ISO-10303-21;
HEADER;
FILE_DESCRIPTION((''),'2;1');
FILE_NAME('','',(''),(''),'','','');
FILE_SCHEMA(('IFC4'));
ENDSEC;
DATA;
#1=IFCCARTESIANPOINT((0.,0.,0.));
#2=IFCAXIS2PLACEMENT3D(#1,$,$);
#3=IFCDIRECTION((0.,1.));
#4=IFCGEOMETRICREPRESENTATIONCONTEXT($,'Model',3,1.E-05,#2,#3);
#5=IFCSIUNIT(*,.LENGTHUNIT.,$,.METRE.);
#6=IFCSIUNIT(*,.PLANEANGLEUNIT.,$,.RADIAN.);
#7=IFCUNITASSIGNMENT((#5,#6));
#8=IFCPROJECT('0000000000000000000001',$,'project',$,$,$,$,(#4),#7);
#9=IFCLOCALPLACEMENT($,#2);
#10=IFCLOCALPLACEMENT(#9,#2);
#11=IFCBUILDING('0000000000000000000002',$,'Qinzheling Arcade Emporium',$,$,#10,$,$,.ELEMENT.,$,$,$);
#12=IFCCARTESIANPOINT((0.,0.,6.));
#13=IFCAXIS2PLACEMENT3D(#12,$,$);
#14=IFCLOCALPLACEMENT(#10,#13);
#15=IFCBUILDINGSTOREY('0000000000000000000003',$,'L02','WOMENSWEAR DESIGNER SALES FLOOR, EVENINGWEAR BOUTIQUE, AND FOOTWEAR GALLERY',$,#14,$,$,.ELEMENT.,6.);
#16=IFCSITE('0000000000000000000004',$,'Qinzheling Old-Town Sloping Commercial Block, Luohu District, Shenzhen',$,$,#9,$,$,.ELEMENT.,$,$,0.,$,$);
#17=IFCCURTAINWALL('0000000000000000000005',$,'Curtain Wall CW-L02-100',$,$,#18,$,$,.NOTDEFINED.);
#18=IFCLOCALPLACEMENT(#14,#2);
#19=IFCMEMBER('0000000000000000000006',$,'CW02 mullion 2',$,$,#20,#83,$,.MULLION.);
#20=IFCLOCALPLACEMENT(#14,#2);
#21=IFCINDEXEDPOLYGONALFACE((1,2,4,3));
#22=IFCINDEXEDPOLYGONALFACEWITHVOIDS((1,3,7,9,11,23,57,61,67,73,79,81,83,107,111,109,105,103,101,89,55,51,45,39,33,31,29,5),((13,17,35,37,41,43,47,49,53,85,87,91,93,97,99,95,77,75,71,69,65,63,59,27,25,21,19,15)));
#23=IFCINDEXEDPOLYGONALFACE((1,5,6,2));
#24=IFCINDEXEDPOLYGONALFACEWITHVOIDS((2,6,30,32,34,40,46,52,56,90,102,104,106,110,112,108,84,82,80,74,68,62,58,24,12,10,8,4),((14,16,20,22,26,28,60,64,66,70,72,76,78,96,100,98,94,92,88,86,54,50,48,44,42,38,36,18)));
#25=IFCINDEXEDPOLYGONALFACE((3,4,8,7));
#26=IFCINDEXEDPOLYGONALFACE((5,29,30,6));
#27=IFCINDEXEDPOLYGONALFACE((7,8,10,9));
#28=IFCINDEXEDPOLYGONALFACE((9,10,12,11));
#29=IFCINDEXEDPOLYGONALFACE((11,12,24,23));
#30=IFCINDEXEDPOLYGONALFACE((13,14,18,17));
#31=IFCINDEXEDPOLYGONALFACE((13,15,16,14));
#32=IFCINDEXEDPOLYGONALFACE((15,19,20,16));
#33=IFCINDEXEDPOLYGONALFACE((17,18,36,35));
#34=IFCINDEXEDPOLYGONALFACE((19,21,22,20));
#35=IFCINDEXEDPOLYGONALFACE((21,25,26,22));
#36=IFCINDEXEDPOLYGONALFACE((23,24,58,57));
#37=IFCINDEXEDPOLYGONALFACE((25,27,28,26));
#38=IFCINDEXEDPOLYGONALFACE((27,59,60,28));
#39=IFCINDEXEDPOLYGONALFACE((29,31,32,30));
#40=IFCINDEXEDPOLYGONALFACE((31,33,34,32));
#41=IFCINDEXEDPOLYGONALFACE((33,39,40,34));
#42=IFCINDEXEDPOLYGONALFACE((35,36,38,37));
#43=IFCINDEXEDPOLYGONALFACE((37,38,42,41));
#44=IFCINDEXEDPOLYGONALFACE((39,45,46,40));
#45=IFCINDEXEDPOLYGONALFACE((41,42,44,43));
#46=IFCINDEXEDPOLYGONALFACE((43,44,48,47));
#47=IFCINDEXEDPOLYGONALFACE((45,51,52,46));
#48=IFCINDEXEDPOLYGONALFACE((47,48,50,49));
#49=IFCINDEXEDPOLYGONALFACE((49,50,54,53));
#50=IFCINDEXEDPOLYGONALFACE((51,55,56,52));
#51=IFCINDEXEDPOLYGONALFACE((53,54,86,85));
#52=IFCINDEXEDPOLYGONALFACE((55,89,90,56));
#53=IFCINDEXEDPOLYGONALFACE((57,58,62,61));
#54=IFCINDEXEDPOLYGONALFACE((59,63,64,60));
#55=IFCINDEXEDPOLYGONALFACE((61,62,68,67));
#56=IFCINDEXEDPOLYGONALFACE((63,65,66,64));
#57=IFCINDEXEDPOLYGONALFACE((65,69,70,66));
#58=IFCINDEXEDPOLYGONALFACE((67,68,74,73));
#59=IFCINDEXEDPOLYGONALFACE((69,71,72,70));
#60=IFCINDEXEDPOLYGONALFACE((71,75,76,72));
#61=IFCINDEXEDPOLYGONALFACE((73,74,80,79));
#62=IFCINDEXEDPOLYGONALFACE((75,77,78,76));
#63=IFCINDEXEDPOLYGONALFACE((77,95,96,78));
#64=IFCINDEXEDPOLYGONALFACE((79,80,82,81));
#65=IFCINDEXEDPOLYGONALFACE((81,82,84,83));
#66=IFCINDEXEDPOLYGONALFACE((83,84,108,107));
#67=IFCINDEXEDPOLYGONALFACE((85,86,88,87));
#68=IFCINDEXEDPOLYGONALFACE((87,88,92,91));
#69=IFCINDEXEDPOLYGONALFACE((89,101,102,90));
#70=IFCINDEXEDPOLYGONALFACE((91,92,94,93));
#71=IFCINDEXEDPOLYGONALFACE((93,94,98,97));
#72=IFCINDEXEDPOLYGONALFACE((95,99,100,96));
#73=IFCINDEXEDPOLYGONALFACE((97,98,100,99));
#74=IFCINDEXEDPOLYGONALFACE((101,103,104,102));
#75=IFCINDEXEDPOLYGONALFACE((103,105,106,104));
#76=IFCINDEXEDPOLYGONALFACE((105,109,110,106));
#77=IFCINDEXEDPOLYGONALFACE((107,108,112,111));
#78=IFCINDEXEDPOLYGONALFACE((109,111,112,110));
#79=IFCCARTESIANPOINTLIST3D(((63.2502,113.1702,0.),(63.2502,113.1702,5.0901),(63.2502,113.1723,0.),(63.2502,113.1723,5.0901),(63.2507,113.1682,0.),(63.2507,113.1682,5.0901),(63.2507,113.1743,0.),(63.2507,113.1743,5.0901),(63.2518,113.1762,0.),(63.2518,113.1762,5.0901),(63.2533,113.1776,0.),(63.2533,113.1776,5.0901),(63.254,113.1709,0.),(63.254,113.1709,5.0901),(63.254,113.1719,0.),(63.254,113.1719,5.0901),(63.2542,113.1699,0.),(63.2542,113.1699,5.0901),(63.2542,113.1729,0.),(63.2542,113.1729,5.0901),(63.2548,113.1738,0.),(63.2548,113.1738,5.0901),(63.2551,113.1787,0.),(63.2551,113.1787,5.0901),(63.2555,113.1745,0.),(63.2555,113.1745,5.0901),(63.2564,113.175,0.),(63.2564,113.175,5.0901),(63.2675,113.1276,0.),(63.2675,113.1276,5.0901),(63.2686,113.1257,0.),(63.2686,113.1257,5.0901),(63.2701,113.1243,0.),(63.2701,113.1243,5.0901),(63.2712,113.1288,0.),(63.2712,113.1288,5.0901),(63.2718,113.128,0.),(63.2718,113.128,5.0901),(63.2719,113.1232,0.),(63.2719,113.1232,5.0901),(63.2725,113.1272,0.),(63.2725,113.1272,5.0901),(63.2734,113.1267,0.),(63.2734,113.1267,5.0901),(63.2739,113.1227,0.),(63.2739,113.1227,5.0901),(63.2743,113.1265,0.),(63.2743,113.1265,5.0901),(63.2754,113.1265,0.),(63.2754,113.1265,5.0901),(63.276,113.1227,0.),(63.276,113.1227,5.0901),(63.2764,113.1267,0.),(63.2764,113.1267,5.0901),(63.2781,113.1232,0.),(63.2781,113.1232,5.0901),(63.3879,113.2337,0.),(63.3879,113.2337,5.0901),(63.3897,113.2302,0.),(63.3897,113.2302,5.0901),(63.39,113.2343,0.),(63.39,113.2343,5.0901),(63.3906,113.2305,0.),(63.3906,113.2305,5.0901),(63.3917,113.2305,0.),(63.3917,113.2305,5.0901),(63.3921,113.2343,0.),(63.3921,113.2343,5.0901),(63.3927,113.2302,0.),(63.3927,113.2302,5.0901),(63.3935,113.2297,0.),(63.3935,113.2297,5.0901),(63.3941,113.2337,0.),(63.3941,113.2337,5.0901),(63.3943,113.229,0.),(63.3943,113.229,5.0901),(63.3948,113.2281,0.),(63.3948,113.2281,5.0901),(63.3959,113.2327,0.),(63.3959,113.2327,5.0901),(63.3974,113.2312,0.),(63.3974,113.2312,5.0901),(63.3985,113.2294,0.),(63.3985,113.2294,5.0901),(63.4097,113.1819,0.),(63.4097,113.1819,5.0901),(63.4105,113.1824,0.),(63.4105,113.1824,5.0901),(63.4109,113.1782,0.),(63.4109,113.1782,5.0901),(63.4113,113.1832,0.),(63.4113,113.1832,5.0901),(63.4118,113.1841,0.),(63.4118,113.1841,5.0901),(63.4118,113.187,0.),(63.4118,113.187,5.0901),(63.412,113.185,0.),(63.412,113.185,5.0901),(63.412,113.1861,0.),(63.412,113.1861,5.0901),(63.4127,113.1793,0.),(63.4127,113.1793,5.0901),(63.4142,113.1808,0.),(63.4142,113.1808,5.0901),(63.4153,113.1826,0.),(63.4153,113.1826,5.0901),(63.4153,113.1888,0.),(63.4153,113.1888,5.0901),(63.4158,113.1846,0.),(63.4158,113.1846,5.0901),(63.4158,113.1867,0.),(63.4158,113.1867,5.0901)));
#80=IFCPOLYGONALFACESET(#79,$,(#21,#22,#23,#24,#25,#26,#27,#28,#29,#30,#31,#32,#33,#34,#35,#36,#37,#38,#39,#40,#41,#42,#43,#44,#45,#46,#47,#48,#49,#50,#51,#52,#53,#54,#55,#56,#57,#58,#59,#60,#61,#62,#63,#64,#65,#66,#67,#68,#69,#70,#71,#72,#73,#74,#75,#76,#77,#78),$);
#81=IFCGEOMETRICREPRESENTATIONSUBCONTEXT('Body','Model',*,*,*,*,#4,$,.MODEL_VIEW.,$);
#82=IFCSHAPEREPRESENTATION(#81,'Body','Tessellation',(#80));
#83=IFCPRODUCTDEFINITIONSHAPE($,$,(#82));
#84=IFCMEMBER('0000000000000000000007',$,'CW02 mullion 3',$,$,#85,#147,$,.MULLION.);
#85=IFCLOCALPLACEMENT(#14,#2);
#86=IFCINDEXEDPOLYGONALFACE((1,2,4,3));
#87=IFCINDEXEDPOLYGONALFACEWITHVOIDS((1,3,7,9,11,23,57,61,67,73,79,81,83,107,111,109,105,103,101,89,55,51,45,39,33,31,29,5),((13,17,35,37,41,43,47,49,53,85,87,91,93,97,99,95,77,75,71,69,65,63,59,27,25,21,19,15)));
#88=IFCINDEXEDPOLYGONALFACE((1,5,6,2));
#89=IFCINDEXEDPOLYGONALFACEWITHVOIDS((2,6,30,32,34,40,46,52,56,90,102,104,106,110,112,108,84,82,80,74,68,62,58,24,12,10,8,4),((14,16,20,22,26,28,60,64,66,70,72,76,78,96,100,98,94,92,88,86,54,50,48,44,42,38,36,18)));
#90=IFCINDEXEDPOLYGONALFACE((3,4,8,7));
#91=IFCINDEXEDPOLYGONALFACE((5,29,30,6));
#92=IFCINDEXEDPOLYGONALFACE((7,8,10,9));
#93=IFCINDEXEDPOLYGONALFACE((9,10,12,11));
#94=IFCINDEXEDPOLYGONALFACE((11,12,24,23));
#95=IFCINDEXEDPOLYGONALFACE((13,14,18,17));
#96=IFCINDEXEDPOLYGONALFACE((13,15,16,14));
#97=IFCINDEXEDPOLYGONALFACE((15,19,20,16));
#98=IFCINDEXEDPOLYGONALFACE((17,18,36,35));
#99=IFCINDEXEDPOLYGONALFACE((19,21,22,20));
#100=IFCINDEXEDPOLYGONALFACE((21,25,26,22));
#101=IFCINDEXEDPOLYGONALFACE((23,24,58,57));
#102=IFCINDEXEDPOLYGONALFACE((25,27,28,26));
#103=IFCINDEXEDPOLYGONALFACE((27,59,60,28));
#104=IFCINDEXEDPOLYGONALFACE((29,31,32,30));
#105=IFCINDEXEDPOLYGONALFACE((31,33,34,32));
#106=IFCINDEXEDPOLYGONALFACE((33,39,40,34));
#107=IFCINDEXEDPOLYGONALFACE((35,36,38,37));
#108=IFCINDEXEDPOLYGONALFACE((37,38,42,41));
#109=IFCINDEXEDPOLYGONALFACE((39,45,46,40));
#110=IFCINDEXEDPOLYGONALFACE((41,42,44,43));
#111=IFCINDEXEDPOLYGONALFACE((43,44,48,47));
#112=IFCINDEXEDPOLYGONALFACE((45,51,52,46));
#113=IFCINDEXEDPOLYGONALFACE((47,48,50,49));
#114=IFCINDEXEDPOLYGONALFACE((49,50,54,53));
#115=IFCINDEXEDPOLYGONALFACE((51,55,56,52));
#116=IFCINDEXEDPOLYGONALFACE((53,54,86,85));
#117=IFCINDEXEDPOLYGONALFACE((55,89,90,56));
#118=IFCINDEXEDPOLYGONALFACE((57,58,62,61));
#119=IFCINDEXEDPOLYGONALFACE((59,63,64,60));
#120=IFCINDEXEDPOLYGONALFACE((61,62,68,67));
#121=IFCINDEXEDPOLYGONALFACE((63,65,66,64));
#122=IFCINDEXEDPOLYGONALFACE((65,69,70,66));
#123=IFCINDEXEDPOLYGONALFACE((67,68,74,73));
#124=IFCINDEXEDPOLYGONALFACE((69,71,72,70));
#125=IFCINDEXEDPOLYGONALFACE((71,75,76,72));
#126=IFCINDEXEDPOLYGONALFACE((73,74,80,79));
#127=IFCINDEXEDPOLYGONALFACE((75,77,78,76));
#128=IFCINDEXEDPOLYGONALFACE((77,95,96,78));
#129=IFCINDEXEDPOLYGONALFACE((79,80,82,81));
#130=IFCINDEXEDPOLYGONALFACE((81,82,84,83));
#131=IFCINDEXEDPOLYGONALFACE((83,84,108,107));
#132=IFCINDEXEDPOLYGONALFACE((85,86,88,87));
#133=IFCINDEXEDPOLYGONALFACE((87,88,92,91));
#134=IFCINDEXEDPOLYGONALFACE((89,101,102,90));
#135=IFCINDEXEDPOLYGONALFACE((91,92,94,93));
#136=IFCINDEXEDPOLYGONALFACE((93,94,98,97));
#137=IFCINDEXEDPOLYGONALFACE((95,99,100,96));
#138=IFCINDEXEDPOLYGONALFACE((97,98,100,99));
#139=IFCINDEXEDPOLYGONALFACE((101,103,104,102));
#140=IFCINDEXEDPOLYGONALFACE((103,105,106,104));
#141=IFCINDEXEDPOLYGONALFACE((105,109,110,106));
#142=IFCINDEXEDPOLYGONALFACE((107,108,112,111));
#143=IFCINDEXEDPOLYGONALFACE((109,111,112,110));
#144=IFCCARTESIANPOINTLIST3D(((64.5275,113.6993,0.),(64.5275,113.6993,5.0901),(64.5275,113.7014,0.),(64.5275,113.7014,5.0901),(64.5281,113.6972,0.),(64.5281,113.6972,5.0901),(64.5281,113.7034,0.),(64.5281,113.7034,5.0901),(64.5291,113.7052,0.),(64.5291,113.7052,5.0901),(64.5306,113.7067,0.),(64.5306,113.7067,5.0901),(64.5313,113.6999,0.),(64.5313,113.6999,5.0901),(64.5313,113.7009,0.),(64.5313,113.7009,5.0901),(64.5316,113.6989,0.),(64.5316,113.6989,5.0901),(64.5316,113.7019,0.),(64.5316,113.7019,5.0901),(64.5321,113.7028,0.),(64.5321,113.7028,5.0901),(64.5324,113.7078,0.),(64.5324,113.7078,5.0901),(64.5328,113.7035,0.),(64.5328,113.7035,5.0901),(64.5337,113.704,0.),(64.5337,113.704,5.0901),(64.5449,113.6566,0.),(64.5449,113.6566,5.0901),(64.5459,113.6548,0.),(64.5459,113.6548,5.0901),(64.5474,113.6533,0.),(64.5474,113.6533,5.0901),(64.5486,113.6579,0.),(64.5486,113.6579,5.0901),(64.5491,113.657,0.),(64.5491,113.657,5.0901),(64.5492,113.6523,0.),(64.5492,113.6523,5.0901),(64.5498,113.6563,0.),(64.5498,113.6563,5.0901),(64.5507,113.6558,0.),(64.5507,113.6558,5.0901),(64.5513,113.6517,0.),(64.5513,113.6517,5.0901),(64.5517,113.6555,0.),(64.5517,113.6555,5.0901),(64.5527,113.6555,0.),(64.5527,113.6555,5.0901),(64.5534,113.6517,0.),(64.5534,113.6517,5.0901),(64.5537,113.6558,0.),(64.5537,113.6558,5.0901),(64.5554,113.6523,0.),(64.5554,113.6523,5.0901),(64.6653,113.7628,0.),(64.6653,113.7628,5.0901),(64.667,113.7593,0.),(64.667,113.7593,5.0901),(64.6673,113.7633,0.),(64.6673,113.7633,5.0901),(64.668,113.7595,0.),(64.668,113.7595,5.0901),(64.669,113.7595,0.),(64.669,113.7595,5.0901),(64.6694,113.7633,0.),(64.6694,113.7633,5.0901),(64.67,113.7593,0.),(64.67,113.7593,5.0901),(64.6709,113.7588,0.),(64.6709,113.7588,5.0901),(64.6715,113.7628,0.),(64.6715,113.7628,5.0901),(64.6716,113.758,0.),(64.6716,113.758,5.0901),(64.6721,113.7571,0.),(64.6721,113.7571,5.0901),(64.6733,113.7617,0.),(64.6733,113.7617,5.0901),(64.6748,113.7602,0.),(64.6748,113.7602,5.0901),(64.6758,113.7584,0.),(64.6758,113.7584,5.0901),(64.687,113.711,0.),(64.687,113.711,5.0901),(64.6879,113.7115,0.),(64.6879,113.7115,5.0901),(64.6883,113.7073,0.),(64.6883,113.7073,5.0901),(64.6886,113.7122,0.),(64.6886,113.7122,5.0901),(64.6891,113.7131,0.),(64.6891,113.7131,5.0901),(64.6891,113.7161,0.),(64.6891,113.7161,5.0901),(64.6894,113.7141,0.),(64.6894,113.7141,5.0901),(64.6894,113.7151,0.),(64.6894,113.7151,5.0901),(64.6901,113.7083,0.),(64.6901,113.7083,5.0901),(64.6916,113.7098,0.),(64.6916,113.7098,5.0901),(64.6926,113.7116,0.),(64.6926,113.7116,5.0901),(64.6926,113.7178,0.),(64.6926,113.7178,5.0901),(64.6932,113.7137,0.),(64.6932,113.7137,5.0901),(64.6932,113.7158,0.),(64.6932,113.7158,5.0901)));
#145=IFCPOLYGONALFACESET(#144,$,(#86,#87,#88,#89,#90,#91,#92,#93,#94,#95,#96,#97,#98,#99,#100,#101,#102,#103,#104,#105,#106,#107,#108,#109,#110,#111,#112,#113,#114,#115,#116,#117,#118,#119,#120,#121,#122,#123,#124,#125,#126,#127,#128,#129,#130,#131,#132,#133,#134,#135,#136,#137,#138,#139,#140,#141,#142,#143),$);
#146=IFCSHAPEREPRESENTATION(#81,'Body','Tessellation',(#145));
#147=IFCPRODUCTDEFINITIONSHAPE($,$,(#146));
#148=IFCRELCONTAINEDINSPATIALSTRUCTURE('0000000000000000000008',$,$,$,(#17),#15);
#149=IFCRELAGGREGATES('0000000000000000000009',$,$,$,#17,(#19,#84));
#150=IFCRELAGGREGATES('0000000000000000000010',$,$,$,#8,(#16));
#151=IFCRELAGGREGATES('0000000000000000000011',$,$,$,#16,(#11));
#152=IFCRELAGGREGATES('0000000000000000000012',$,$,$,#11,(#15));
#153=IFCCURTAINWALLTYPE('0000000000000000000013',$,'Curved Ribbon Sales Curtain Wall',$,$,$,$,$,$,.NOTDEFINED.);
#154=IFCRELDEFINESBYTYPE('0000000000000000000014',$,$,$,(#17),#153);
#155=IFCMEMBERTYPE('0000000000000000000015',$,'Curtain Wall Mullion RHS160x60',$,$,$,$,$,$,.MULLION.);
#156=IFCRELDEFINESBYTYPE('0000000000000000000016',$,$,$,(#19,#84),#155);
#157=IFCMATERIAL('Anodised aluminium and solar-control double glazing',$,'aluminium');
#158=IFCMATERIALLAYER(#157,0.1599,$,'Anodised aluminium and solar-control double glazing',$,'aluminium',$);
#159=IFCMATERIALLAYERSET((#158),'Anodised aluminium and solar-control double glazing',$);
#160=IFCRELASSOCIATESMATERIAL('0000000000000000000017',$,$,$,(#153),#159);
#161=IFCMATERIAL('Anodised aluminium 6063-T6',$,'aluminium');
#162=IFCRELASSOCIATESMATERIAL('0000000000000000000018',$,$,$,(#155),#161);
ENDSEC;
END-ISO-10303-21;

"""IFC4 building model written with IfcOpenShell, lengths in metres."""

from ifc_helpers import new_model, si_unit, direction, frame, origin, origin_2d, place, context, subcontext, project, spatial, hollow_rectangle, extrude, material, layer, layer_set, material_profile, profile_set, type_object, element, aggregate, save


model = new_model("IFC4")

# Units and contexts
model_context = context("Model", 3, precision=1e-05, world=origin(), true_north=direction((0.0, 1.0)))
body_context = subcontext(model_context, "Body", "Model", "MODEL_VIEW")
ifc_project = project(units=[si_unit("LENGTHUNIT", "METRE"), si_unit("PLANEANGLEUNIT", "RADIAN")], contexts=[model_context])

# Site, building, storey
site_placement = place(None, origin())
site = spatial("IfcSite", under=ifc_project, at=site_placement, Name="Qinzheling Old-Town Sloping Commercial Block, Luohu District, Shenzhen", CompositionType="ELEMENT", RefElevation=0.0)
building_placement = place(site_placement, origin())
building = spatial("IfcBuilding", under=site, at=building_placement, Name="Qinzheling Arcade Emporium", CompositionType="ELEMENT")
storey_placement = place(building_placement, frame((0.0, 0.0, 6.0)))
storey = spatial("IfcBuildingStorey", under=building, at=storey_placement, Name="L02", Description="WOMENSWEAR DESIGNER SALES FLOOR, EVENINGWEAR BOUTIQUE, AND FOOTWEAR GALLERY", CompositionType="ELEMENT", Elevation=6.0)

# Curtain wall, members
ifc_material_1 = material(Name="Anodised aluminium and solar-control double glazing", Category="aluminium")
ifc_layer_1 = layer(ifc_material_1, 0.1599, Name="Anodised aluminium and solar-control double glazing", Category="aluminium")
ifc_layer_set_1 = layer_set([ifc_layer_1], Name="Anodised aluminium and solar-control double glazing")
curtain_wall_type = type_object("IfcCurtainWallType", Name="Curved Ribbon Sales Curtain Wall", PredefinedType="NOTDEFINED", material=ifc_layer_set_1)
curtain_wall_1_placement = place(storey_placement, origin())
curtain_wall_1 = element("IfcCurtainWall", 1, at=curtain_wall_1_placement, inside=storey, type_object=curtain_wall_type, Name="Curtain Wall CW-L02-100", PredefinedType="NOTDEFINED")
ifc_material_2 = material(Name="Anodised aluminium 6063-T6", Category="aluminium")
ifc_material_profile_1 = material_profile(ifc_material_2, hollow_rectangle(XDim=0.0601, YDim=0.1599, WallThickness=0.0039, InnerFilletRadius=0.0039, OuterFilletRadius=0.0081, at=origin_2d()), Name="RHS 160x60x4", Category="aluminium")
ifc_profile_set_1 = profile_set([ifc_material_profile_1], Name="Anodised aluminium 6063-T6")
member_type_1 = type_object("IfcMemberType", Name="Curtain Wall Mullion RHS160x60", PredefinedType="MULLION", material=ifc_profile_set_1)
member_1_placement = place(storey_placement, frame((63.333, 113.1785, 0.0), z_axis=(0.0, 0.0, 1.0), x_axis=(-0.382654, 0.923892, 0.0)))
member_1 = element("IfcMember", 2, at=member_1_placement, type_object=member_type_1, Name="CW02 mullion 2", PredefinedType="MULLION", context=body_context, shape_type="SweptSolid", body=[
    extrude(hollow_rectangle(XDim=0.0601, YDim=0.1599, WallThickness=0.0039, InnerFilletRadius=0.0039, OuterFilletRadius=0.0081, at=origin_2d()), origin(), (0.0, 0.0, 1.0), 5.0901),
])
member_2_placement = place(storey_placement, frame((64.6104, 113.7075, 0.0), z_axis=(0.0, 0.0, 1.0), x_axis=(-0.382654, 0.923892, 0.0)))
member_2 = element("IfcMember", 3, at=member_2_placement, type_object=member_type_1, Name="CW02 mullion 3", PredefinedType="MULLION", context=body_context, shape_type="SweptSolid", body=[
    extrude(hollow_rectangle(XDim=0.0601, YDim=0.1599, WallThickness=0.0039, InnerFilletRadius=0.0039, OuterFilletRadius=0.0081, at=origin_2d()), origin(), (0.0, 0.0, 1.0), 5.0901),
])

aggregate(curtain_wall_1, [member_1, member_2])

save(model, "model.ifc")
